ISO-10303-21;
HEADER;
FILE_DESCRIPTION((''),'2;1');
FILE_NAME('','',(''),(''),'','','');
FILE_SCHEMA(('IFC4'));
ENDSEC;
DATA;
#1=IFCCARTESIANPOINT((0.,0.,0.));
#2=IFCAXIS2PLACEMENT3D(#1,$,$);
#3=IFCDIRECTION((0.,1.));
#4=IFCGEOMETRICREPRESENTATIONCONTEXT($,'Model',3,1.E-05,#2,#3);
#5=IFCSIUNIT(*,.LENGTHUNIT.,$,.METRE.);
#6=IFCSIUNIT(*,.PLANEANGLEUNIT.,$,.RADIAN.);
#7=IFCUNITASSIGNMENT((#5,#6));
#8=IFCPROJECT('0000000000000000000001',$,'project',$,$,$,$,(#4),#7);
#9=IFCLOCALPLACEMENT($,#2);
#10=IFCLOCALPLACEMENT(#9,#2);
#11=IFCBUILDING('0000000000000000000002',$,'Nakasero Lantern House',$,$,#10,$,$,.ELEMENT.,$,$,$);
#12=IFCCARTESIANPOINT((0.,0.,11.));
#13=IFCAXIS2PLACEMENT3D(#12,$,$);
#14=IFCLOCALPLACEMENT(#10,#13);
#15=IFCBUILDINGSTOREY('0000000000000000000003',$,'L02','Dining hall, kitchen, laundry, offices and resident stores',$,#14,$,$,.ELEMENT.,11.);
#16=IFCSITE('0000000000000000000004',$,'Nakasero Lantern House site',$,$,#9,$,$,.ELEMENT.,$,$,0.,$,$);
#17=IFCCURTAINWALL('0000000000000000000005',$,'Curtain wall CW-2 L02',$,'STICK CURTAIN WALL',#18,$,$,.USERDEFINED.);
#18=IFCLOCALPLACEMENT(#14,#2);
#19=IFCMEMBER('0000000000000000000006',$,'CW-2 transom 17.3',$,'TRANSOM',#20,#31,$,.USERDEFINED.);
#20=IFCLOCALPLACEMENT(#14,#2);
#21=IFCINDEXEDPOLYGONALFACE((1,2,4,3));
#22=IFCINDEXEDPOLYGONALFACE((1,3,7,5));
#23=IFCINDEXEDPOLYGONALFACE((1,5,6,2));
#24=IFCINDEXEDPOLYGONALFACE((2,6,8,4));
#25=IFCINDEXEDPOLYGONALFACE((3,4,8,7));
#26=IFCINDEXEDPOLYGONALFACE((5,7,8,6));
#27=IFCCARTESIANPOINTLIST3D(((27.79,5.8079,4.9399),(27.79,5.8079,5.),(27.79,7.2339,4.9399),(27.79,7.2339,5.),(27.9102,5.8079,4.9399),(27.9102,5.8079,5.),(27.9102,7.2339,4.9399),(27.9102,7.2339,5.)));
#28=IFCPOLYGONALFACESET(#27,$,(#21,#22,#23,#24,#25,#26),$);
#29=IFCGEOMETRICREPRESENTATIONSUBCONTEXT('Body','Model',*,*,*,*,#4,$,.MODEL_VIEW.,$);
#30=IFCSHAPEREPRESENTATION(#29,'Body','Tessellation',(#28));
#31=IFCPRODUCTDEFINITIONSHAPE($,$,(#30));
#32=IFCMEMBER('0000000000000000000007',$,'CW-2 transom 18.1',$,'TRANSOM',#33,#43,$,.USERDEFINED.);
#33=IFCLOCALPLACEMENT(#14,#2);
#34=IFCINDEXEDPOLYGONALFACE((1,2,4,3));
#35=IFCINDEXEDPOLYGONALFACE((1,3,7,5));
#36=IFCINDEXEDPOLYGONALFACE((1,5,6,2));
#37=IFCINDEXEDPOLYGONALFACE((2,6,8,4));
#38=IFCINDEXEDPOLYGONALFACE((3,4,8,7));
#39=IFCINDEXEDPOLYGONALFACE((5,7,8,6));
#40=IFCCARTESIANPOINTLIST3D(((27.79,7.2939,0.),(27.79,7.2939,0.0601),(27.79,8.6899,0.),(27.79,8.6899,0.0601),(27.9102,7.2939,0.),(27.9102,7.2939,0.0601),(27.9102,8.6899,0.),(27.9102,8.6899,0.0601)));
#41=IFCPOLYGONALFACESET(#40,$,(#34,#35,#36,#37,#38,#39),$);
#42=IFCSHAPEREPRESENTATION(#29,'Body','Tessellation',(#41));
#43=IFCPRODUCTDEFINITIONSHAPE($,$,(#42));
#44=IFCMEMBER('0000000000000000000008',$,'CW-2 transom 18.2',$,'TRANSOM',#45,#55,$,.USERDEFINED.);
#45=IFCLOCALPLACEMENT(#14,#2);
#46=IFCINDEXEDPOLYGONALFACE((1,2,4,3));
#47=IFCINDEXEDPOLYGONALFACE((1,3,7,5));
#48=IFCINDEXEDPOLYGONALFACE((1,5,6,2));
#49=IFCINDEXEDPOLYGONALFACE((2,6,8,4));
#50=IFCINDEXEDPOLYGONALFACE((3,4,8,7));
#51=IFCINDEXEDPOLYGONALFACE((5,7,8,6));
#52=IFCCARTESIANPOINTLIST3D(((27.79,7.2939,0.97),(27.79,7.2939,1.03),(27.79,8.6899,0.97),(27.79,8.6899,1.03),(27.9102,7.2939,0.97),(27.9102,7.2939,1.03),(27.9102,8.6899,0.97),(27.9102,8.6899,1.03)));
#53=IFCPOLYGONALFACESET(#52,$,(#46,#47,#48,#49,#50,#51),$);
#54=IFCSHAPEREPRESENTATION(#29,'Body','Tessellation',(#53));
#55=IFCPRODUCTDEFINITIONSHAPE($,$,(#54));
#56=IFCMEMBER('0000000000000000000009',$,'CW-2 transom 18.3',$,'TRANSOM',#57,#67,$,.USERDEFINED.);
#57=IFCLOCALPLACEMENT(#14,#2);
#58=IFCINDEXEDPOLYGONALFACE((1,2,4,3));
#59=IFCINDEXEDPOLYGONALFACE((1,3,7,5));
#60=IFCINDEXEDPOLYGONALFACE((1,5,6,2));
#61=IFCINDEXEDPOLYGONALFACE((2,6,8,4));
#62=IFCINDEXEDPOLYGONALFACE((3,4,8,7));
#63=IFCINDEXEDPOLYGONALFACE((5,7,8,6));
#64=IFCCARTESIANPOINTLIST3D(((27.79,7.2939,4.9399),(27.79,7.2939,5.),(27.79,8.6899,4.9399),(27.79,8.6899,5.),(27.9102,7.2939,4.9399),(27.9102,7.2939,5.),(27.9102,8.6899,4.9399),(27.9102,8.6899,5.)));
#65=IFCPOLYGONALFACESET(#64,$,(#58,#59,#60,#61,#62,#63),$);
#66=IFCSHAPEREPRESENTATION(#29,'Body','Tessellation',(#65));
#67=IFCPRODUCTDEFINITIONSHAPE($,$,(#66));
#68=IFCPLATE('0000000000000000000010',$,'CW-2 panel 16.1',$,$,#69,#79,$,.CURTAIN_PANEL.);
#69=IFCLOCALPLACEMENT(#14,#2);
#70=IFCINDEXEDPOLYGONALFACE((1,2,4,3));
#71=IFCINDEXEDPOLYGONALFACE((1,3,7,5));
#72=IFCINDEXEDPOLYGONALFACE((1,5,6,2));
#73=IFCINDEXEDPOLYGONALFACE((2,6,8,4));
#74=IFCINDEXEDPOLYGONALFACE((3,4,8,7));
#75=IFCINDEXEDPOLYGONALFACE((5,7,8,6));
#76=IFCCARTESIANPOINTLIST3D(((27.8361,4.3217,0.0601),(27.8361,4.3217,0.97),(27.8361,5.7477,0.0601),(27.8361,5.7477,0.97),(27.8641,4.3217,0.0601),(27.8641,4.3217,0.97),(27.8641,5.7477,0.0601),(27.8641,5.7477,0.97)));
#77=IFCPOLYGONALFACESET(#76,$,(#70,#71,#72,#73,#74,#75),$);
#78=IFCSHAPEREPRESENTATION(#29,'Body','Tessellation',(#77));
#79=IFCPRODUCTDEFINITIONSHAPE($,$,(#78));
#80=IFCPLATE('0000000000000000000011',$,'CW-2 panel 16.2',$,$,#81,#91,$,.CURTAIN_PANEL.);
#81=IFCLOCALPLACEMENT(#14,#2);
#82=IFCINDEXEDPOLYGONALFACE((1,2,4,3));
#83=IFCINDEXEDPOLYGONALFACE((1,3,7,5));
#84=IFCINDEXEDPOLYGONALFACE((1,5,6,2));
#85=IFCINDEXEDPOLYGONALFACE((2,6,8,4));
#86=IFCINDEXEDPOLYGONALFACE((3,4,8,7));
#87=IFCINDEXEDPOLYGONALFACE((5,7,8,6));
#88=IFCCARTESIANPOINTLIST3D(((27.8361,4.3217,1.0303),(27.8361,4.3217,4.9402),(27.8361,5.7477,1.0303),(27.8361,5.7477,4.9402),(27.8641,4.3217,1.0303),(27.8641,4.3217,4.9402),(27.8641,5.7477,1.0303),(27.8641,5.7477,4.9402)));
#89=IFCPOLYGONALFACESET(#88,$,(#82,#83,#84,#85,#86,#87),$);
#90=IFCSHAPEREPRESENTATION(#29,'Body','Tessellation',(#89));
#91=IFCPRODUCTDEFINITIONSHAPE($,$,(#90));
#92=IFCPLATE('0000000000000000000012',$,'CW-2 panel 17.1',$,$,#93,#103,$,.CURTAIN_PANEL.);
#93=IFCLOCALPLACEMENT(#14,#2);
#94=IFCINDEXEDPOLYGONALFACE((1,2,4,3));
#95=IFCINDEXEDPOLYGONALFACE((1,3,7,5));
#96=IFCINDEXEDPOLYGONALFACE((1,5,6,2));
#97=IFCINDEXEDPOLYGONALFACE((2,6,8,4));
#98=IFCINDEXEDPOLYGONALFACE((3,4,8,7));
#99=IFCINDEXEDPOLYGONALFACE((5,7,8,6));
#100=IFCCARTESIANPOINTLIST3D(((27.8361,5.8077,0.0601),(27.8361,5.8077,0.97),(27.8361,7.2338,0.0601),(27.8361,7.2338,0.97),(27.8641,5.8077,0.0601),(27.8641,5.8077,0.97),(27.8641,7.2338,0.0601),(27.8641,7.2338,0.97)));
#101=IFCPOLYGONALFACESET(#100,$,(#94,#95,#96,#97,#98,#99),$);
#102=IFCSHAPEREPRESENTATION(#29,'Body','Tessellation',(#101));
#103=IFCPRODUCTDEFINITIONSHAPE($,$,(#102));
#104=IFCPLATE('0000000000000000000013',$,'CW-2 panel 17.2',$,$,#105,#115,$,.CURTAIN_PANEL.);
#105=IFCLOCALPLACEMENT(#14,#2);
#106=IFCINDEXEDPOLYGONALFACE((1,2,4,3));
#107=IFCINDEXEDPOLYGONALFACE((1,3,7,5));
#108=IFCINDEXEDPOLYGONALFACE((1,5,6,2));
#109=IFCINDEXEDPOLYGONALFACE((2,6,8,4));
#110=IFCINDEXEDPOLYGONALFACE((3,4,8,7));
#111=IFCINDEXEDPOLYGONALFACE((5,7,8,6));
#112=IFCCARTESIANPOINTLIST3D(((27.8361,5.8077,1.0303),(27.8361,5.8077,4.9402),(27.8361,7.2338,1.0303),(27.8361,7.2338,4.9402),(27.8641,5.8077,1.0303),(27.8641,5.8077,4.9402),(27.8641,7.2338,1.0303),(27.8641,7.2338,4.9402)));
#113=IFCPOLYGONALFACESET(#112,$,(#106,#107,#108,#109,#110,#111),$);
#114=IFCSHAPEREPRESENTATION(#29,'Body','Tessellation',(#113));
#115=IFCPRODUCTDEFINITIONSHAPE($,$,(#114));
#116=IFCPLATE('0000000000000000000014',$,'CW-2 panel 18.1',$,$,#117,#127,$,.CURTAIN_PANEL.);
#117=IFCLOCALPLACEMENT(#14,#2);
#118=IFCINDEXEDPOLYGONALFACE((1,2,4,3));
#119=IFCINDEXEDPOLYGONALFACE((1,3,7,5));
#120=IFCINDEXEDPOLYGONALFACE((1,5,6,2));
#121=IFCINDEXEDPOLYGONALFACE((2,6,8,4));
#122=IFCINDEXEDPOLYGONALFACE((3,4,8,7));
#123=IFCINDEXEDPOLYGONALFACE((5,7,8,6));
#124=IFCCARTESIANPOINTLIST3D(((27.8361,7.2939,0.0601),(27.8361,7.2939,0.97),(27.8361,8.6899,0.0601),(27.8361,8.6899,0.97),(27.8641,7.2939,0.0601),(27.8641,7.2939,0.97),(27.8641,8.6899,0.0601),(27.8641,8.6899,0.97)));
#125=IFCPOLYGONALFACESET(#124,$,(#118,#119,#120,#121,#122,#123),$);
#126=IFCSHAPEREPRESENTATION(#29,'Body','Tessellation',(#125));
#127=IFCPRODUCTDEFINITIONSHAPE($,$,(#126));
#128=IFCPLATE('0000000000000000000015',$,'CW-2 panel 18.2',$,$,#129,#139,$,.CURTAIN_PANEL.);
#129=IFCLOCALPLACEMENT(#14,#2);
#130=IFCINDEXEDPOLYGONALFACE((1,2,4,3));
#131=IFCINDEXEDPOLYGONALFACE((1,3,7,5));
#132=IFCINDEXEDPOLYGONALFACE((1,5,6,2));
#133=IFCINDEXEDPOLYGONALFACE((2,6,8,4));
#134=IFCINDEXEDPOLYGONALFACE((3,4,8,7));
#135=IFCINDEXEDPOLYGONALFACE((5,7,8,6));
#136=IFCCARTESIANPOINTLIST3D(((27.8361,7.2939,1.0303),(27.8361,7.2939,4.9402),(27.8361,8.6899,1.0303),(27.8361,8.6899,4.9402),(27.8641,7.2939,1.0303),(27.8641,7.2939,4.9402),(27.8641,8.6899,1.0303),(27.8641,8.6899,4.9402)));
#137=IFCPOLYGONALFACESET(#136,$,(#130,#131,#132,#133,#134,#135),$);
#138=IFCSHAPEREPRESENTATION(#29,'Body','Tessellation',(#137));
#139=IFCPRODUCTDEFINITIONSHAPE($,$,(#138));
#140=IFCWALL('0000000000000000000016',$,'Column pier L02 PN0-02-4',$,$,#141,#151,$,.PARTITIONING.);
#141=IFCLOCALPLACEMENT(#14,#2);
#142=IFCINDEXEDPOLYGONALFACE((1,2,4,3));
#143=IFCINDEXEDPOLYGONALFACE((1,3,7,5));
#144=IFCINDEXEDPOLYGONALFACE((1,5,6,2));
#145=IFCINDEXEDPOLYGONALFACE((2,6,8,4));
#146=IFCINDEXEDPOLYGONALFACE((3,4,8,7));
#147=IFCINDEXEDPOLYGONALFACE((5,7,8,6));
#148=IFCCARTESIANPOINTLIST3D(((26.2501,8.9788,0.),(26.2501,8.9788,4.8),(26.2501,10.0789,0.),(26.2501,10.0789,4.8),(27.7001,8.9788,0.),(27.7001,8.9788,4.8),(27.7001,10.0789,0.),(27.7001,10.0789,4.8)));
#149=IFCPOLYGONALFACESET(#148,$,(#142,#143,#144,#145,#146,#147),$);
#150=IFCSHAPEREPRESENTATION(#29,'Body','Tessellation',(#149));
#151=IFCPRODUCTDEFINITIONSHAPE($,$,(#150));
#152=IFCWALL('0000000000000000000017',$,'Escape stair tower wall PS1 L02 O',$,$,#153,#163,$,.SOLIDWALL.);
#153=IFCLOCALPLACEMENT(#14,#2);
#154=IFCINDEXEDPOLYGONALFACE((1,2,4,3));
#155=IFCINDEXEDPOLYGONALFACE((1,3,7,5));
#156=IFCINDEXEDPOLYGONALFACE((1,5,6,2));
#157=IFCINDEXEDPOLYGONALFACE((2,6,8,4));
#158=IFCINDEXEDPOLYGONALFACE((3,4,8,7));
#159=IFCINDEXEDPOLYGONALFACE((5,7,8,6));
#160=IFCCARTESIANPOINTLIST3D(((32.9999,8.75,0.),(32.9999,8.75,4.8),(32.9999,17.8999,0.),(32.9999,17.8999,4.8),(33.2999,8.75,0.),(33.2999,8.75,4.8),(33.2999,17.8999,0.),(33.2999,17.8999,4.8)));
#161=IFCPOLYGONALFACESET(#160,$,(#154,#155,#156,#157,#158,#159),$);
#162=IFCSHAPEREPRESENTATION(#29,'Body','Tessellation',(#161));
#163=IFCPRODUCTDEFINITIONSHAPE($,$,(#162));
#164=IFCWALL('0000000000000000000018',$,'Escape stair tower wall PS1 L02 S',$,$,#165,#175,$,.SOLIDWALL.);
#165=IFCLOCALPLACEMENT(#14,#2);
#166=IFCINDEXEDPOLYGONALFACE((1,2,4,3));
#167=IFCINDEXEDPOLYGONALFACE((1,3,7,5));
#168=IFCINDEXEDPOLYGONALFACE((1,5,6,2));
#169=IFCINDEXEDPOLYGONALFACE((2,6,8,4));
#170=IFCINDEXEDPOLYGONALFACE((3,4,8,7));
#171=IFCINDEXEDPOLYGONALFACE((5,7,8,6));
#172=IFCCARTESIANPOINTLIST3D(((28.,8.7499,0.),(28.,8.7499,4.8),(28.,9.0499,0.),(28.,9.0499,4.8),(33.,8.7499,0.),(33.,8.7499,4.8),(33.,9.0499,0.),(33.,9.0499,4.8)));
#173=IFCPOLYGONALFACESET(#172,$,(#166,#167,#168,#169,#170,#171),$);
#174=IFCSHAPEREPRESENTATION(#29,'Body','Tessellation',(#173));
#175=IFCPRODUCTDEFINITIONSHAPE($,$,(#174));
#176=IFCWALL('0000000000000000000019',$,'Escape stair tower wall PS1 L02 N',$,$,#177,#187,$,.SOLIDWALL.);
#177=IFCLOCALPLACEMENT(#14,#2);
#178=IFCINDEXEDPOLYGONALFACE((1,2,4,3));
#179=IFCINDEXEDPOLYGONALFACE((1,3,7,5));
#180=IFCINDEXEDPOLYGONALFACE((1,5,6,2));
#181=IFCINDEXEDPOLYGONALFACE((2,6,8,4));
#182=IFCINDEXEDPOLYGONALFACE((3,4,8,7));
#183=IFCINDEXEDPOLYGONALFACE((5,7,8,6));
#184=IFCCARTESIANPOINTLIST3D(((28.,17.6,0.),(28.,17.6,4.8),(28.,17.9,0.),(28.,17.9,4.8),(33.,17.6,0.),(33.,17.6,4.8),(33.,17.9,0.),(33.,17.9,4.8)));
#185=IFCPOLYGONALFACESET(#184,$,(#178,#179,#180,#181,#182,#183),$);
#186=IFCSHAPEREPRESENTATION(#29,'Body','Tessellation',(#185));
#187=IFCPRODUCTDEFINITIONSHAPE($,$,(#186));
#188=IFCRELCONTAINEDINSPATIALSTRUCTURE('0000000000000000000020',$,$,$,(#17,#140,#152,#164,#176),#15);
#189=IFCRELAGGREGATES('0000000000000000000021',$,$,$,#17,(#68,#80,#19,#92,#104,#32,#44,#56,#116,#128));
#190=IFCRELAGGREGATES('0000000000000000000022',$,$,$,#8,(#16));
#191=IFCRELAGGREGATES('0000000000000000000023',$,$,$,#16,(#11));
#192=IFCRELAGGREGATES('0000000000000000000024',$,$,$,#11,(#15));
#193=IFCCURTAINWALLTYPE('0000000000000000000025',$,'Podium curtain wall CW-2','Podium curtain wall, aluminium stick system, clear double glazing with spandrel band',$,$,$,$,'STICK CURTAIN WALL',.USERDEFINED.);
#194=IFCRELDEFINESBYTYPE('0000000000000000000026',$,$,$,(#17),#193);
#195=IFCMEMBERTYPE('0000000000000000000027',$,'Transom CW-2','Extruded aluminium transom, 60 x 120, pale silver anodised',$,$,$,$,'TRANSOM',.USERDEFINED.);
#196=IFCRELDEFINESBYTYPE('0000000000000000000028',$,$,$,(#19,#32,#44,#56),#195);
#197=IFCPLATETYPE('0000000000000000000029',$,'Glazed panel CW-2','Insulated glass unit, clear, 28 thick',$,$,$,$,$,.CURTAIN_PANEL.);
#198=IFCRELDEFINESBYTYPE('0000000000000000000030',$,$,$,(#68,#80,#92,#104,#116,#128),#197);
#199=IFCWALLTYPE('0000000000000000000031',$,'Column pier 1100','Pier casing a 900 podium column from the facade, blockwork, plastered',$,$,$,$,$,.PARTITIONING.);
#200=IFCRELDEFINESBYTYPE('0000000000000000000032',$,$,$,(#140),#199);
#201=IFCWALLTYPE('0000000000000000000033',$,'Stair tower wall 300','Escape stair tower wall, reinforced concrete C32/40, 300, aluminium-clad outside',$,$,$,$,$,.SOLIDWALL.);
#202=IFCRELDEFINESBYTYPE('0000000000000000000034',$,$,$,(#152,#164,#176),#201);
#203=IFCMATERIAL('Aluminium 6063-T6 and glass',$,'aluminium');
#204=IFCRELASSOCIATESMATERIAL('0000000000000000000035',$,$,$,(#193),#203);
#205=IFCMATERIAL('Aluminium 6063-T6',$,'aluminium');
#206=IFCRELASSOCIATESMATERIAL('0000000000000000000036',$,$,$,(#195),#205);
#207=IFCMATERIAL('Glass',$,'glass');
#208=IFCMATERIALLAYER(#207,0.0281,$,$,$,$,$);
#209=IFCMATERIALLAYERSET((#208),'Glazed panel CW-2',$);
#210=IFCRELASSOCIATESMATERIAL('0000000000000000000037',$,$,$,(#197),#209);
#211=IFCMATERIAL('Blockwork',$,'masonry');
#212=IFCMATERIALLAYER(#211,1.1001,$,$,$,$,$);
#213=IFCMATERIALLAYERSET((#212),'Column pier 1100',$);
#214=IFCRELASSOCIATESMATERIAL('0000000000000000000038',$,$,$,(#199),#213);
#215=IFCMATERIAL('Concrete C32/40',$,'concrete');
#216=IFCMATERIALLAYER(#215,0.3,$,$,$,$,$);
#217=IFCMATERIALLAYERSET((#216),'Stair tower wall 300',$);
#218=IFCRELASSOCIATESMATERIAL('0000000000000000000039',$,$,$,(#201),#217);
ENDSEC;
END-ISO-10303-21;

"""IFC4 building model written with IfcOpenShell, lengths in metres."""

from ifc_helpers import new_model, si_unit, direction, frame, frame_2d, origin, origin_2d, place, context, subcontext, project, spatial, rectangle, extrude, material, layer, layer_set, material_profile, profile_set, type_object, element, aggregate, save


model = new_model("IFC4")

# Units and contexts
model_context = context("Model", 3, precision=1e-05, world=origin(), true_north=direction((0.0, 1.0)))
body_context = subcontext(model_context, "Body", "Model", "MODEL_VIEW")
ifc_project = project(units=[si_unit("LENGTHUNIT", "METRE"), si_unit("PLANEANGLEUNIT", "RADIAN")], contexts=[model_context])

# Site, building, storey
site_placement = place(None, origin())
site = spatial("IfcSite", under=ifc_project, at=site_placement, Name="Nakasero Lantern House site", CompositionType="ELEMENT", RefElevation=0.0)
building_placement = place(site_placement, origin())
building = spatial("IfcBuilding", under=site, at=building_placement, Name="Nakasero Lantern House", CompositionType="ELEMENT")
storey_placement = place(building_placement, frame((0.0, 0.0, 11.0)))
storey = spatial("IfcBuildingStorey", under=building, at=storey_placement, Name="L02", Description="Dining hall, kitchen, laundry, offices and resident stores", CompositionType="ELEMENT", Elevation=11.0)

# Curtain wall
ifc_material_1 = material(Name="Aluminium 6063-T6 and glass", Category="aluminium")
curtain_wall_type = type_object("IfcCurtainWallType", Name="Podium curtain wall CW-2", Description="Podium curtain wall, aluminium stick system, clear double glazing with spandrel band", ElementType="STICK CURTAIN WALL", PredefinedType="USERDEFINED", material=ifc_material_1)
curtain_wall_1_placement = place(storey_placement, origin())
curtain_wall_1 = element("IfcCurtainWall", 1, at=curtain_wall_1_placement, inside=storey, type_object=curtain_wall_type, Name="Curtain wall CW-2 L02", ObjectType="STICK CURTAIN WALL", PredefinedType="USERDEFINED")

# Members
ifc_material_2 = material(Name="Aluminium 6063-T6", Category="aluminium")
ifc_material_profile_1 = material_profile(ifc_material_2, rectangle(XDim=0.0601, YDim=0.1201, at=origin_2d()), Name="CW-2 transom 60x120")
ifc_profile_set_1 = profile_set([ifc_material_profile_1], Name="Aluminium 6063-T6")
member_type_1 = type_object("IfcMemberType", Name="Transom CW-2", Description="Extruded aluminium transom, 60 x 120, pale silver anodised", ElementType="TRANSOM", PredefinedType="USERDEFINED", material=ifc_profile_set_1)
member_1_placement = place(storey_placement, frame((27.8501, 5.8079, 4.97), z_axis=(0.0, 1.0, 0.0), x_axis=(0.0, 0.0, 1.0)))
member_1 = element("IfcMember", 2, at=member_1_placement, type_object=member_type_1, Name="CW-2 transom 17.3", ObjectType="TRANSOM", PredefinedType="USERDEFINED", context=body_context, shape_type="SweptSolid", body=[
    extrude(rectangle(XDim=0.0601, YDim=0.1201, at=origin_2d()), origin(), (0.0, 0.0, 1.0), 1.426),
])
member_2_placement = place(storey_placement, frame((27.8501, 7.2939, 0.03), z_axis=(0.0, 1.0, 0.0), x_axis=(0.0, 0.0, 1.0)))
member_2 = element("IfcMember", 3, at=member_2_placement, type_object=member_type_1, Name="CW-2 transom 18.1", ObjectType="TRANSOM", PredefinedType="USERDEFINED", context=body_context, shape_type="SweptSolid", body=[
    extrude(rectangle(XDim=0.0601, YDim=0.1201, at=origin_2d()), origin(), (0.0, 0.0, 1.0), 1.396),
])
member_3_placement = place(storey_placement, frame((27.8501, 7.2939, 1.0), z_axis=(0.0, 1.0, 0.0), x_axis=(0.0, 0.0, 1.0)))
member_3 = element("IfcMember", 4, at=member_3_placement, type_object=member_type_1, Name="CW-2 transom 18.2", ObjectType="TRANSOM", PredefinedType="USERDEFINED", context=body_context, shape_type="SweptSolid", body=[
    extrude(rectangle(XDim=0.0601, YDim=0.1201, at=origin_2d()), origin(), (0.0, 0.0, 1.0), 1.396),
])
member_4_placement = place(storey_placement, frame((27.8501, 7.2939, 4.97), z_axis=(0.0, 1.0, 0.0), x_axis=(0.0, 0.0, 1.0)))
member_4 = element("IfcMember", 5, at=member_4_placement, type_object=member_type_1, Name="CW-2 transom 18.3", ObjectType="TRANSOM", PredefinedType="USERDEFINED", context=body_context, shape_type="SweptSolid", body=[
    extrude(rectangle(XDim=0.0601, YDim=0.1201, at=origin_2d()), origin(), (0.0, 0.0, 1.0), 1.396),
])

# Plates
ifc_material_3 = material(Name="Glass", Category="glass")
ifc_layer_1 = layer(ifc_material_3, 0.0281)
ifc_layer_set_1 = layer_set([ifc_layer_1], Name="Glazed panel CW-2")
plate_type = type_object("IfcPlateType", Name="Glazed panel CW-2", Description="Insulated glass unit, clear, 28 thick", PredefinedType="CURTAIN_PANEL", material=ifc_layer_set_1)
plate_1_placement = place(storey_placement, frame((27.8501, 5.0347, 0.0601), z_axis=(0.0, 0.0, 1.0), x_axis=(0.0, 1.0, 0.0)))
plate_1 = element("IfcPlate", 6, at=plate_1_placement, type_object=plate_type, Name="CW-2 panel 16.1", PredefinedType="CURTAIN_PANEL", context=body_context, shape_type="SweptSolid", body=[
    extrude(rectangle(XDim=1.426, YDim=0.0281, at=origin_2d()), origin(), (0.0, 0.0, 1.0), 0.9099),
])
plate_2_placement = place(storey_placement, frame((27.8501, 5.0347, 1.0303), z_axis=(0.0, 0.0, 1.0), x_axis=(0.0, 1.0, 0.0)))
plate_2 = element("IfcPlate", 7, at=plate_2_placement, type_object=plate_type, Name="CW-2 panel 16.2", PredefinedType="CURTAIN_PANEL", context=body_context, shape_type="SweptSolid", body=[
    extrude(rectangle(XDim=1.426, YDim=0.0281, at=origin_2d()), origin(), (0.0, 0.0, 1.0), 3.9099),
])
plate_3_placement = place(storey_placement, frame((27.8501, 6.5208, 0.0601), z_axis=(0.0, 0.0, 1.0), x_axis=(0.0, 1.0, 0.0)))
plate_3 = element("IfcPlate", 8, at=plate_3_placement, type_object=plate_type, Name="CW-2 panel 17.1", PredefinedType="CURTAIN_PANEL", context=body_context, shape_type="SweptSolid", body=[
    extrude(rectangle(XDim=1.426, YDim=0.0281, at=origin_2d()), origin(), (0.0, 0.0, 1.0), 0.9099),
])
plate_4_placement = place(storey_placement, frame((27.8501, 6.5208, 1.0303), z_axis=(0.0, 0.0, 1.0), x_axis=(0.0, 1.0, 0.0)))
plate_4 = element("IfcPlate", 9, at=plate_4_placement, type_object=plate_type, Name="CW-2 panel 17.2", PredefinedType="CURTAIN_PANEL", context=body_context, shape_type="SweptSolid", body=[
    extrude(rectangle(XDim=1.426, YDim=0.0281, at=origin_2d()), origin(), (0.0, 0.0, 1.0), 3.9099),
])
plate_5_placement = place(storey_placement, frame((27.8501, 7.9919, 0.0601), z_axis=(0.0, 0.0, 1.0), x_axis=(0.0, 1.0, 0.0)))
plate_5 = element("IfcPlate", 10, at=plate_5_placement, type_object=plate_type, Name="CW-2 panel 18.1", PredefinedType="CURTAIN_PANEL", context=body_context, shape_type="SweptSolid", body=[
    extrude(rectangle(XDim=1.396, YDim=0.0281, at=origin_2d()), origin(), (0.0, 0.0, 1.0), 0.9099),
])
plate_6_placement = place(storey_placement, frame((27.8501, 7.9919, 1.0303), z_axis=(0.0, 0.0, 1.0), x_axis=(0.0, 1.0, 0.0)))
plate_6 = element("IfcPlate", 11, at=plate_6_placement, type_object=plate_type, Name="CW-2 panel 18.2", PredefinedType="CURTAIN_PANEL", context=body_context, shape_type="SweptSolid", body=[
    extrude(rectangle(XDim=1.396, YDim=0.0281, at=origin_2d()), origin(), (0.0, 0.0, 1.0), 3.9099),
])
aggregate(curtain_wall_1, [plate_1, plate_2, member_1, plate_3, plate_4, member_2, member_3, member_4, plate_5, plate_6])

# Wall
ifc_material_4 = material(Name="Blockwork", Category="masonry")
ifc_layer_2 = layer(ifc_material_4, 1.1001)
ifc_layer_set_2 = layer_set([ifc_layer_2], Name="Column pier 1100")
wall_type_1 = type_object("IfcWallType", Name="Column pier 1100", Description="Pier casing a 900 podium column from the facade, blockwork, plastered", PredefinedType="PARTITIONING", material=ifc_layer_set_2)
wall_1_placement = place(storey_placement, frame((26.25, 9.5288, 0.0), z_axis=(0.0, 0.0, 1.0), x_axis=(1.0, 0.0, 0.0)))
element("IfcWall", 12, at=wall_1_placement, inside=storey, type_object=wall_type_1, Name="Column pier L02 PN0-02-4", PredefinedType="PARTITIONING", context=body_context, shape_type="SweptSolid", body=[
    extrude(rectangle(XDim=1.45, YDim=1.1001, at=frame_2d((0.7251, 0.0))), origin(), (0.0, 0.0, 1.0), 4.8),
])

# Walls
ifc_material_5 = material(Name="Concrete C32/40", Category="concrete")
ifc_layer_3 = layer(ifc_material_5, 0.3)
ifc_layer_set_3 = layer_set([ifc_layer_3], Name="Stair tower wall 300")
wall_type_2 = type_object("IfcWallType", Name="Stair tower wall 300", Description="Escape stair tower wall, reinforced concrete C32/40, 300, aluminium-clad outside", PredefinedType="SOLIDWALL", material=ifc_layer_set_3)
wall_2_placement = place(storey_placement, frame((33.1499, 8.75, 0.0), z_axis=(0.0, 0.0, 1.0), x_axis=(0.0, 1.0, 0.0)))
element("IfcWall", 13, at=wall_2_placement, inside=storey, type_object=wall_type_2, Name="Escape stair tower wall PS1 L02 O", PredefinedType="SOLIDWALL", context=body_context, shape_type="SweptSolid", body=[
    extrude(rectangle(XDim=9.1499, YDim=0.3, at=frame_2d((4.575, 0.0))), origin(), (0.0, 0.0, 1.0), 4.8),
])
for number, where, z_axis, x_axis, name in (
    (14, (28.0, 8.8999, 0.0), (0.0, 0.0, 1.0), (1.0, 0.0, 0.0), "Escape stair tower wall PS1 L02 S"),
    (15, (28.0, 17.75, 0.0), (0.0, 0.0, 1.0), (1.0, 0.0, 0.0), "Escape stair tower wall PS1 L02 N"),
):
    element("IfcWall", number, at=place(storey_placement, frame(where, z_axis=z_axis, x_axis=x_axis)), inside=storey, type_object=wall_type_2, Name=name, PredefinedType="SOLIDWALL", context=body_context, shape_type="SweptSolid", body=[
        extrude(rectangle(XDim=5.0, YDim=0.3, at=frame_2d((2.5, 0.0))), origin(), (0.0, 0.0, 1.0), 4.8),
    ])

save(model, "model.ifc")
